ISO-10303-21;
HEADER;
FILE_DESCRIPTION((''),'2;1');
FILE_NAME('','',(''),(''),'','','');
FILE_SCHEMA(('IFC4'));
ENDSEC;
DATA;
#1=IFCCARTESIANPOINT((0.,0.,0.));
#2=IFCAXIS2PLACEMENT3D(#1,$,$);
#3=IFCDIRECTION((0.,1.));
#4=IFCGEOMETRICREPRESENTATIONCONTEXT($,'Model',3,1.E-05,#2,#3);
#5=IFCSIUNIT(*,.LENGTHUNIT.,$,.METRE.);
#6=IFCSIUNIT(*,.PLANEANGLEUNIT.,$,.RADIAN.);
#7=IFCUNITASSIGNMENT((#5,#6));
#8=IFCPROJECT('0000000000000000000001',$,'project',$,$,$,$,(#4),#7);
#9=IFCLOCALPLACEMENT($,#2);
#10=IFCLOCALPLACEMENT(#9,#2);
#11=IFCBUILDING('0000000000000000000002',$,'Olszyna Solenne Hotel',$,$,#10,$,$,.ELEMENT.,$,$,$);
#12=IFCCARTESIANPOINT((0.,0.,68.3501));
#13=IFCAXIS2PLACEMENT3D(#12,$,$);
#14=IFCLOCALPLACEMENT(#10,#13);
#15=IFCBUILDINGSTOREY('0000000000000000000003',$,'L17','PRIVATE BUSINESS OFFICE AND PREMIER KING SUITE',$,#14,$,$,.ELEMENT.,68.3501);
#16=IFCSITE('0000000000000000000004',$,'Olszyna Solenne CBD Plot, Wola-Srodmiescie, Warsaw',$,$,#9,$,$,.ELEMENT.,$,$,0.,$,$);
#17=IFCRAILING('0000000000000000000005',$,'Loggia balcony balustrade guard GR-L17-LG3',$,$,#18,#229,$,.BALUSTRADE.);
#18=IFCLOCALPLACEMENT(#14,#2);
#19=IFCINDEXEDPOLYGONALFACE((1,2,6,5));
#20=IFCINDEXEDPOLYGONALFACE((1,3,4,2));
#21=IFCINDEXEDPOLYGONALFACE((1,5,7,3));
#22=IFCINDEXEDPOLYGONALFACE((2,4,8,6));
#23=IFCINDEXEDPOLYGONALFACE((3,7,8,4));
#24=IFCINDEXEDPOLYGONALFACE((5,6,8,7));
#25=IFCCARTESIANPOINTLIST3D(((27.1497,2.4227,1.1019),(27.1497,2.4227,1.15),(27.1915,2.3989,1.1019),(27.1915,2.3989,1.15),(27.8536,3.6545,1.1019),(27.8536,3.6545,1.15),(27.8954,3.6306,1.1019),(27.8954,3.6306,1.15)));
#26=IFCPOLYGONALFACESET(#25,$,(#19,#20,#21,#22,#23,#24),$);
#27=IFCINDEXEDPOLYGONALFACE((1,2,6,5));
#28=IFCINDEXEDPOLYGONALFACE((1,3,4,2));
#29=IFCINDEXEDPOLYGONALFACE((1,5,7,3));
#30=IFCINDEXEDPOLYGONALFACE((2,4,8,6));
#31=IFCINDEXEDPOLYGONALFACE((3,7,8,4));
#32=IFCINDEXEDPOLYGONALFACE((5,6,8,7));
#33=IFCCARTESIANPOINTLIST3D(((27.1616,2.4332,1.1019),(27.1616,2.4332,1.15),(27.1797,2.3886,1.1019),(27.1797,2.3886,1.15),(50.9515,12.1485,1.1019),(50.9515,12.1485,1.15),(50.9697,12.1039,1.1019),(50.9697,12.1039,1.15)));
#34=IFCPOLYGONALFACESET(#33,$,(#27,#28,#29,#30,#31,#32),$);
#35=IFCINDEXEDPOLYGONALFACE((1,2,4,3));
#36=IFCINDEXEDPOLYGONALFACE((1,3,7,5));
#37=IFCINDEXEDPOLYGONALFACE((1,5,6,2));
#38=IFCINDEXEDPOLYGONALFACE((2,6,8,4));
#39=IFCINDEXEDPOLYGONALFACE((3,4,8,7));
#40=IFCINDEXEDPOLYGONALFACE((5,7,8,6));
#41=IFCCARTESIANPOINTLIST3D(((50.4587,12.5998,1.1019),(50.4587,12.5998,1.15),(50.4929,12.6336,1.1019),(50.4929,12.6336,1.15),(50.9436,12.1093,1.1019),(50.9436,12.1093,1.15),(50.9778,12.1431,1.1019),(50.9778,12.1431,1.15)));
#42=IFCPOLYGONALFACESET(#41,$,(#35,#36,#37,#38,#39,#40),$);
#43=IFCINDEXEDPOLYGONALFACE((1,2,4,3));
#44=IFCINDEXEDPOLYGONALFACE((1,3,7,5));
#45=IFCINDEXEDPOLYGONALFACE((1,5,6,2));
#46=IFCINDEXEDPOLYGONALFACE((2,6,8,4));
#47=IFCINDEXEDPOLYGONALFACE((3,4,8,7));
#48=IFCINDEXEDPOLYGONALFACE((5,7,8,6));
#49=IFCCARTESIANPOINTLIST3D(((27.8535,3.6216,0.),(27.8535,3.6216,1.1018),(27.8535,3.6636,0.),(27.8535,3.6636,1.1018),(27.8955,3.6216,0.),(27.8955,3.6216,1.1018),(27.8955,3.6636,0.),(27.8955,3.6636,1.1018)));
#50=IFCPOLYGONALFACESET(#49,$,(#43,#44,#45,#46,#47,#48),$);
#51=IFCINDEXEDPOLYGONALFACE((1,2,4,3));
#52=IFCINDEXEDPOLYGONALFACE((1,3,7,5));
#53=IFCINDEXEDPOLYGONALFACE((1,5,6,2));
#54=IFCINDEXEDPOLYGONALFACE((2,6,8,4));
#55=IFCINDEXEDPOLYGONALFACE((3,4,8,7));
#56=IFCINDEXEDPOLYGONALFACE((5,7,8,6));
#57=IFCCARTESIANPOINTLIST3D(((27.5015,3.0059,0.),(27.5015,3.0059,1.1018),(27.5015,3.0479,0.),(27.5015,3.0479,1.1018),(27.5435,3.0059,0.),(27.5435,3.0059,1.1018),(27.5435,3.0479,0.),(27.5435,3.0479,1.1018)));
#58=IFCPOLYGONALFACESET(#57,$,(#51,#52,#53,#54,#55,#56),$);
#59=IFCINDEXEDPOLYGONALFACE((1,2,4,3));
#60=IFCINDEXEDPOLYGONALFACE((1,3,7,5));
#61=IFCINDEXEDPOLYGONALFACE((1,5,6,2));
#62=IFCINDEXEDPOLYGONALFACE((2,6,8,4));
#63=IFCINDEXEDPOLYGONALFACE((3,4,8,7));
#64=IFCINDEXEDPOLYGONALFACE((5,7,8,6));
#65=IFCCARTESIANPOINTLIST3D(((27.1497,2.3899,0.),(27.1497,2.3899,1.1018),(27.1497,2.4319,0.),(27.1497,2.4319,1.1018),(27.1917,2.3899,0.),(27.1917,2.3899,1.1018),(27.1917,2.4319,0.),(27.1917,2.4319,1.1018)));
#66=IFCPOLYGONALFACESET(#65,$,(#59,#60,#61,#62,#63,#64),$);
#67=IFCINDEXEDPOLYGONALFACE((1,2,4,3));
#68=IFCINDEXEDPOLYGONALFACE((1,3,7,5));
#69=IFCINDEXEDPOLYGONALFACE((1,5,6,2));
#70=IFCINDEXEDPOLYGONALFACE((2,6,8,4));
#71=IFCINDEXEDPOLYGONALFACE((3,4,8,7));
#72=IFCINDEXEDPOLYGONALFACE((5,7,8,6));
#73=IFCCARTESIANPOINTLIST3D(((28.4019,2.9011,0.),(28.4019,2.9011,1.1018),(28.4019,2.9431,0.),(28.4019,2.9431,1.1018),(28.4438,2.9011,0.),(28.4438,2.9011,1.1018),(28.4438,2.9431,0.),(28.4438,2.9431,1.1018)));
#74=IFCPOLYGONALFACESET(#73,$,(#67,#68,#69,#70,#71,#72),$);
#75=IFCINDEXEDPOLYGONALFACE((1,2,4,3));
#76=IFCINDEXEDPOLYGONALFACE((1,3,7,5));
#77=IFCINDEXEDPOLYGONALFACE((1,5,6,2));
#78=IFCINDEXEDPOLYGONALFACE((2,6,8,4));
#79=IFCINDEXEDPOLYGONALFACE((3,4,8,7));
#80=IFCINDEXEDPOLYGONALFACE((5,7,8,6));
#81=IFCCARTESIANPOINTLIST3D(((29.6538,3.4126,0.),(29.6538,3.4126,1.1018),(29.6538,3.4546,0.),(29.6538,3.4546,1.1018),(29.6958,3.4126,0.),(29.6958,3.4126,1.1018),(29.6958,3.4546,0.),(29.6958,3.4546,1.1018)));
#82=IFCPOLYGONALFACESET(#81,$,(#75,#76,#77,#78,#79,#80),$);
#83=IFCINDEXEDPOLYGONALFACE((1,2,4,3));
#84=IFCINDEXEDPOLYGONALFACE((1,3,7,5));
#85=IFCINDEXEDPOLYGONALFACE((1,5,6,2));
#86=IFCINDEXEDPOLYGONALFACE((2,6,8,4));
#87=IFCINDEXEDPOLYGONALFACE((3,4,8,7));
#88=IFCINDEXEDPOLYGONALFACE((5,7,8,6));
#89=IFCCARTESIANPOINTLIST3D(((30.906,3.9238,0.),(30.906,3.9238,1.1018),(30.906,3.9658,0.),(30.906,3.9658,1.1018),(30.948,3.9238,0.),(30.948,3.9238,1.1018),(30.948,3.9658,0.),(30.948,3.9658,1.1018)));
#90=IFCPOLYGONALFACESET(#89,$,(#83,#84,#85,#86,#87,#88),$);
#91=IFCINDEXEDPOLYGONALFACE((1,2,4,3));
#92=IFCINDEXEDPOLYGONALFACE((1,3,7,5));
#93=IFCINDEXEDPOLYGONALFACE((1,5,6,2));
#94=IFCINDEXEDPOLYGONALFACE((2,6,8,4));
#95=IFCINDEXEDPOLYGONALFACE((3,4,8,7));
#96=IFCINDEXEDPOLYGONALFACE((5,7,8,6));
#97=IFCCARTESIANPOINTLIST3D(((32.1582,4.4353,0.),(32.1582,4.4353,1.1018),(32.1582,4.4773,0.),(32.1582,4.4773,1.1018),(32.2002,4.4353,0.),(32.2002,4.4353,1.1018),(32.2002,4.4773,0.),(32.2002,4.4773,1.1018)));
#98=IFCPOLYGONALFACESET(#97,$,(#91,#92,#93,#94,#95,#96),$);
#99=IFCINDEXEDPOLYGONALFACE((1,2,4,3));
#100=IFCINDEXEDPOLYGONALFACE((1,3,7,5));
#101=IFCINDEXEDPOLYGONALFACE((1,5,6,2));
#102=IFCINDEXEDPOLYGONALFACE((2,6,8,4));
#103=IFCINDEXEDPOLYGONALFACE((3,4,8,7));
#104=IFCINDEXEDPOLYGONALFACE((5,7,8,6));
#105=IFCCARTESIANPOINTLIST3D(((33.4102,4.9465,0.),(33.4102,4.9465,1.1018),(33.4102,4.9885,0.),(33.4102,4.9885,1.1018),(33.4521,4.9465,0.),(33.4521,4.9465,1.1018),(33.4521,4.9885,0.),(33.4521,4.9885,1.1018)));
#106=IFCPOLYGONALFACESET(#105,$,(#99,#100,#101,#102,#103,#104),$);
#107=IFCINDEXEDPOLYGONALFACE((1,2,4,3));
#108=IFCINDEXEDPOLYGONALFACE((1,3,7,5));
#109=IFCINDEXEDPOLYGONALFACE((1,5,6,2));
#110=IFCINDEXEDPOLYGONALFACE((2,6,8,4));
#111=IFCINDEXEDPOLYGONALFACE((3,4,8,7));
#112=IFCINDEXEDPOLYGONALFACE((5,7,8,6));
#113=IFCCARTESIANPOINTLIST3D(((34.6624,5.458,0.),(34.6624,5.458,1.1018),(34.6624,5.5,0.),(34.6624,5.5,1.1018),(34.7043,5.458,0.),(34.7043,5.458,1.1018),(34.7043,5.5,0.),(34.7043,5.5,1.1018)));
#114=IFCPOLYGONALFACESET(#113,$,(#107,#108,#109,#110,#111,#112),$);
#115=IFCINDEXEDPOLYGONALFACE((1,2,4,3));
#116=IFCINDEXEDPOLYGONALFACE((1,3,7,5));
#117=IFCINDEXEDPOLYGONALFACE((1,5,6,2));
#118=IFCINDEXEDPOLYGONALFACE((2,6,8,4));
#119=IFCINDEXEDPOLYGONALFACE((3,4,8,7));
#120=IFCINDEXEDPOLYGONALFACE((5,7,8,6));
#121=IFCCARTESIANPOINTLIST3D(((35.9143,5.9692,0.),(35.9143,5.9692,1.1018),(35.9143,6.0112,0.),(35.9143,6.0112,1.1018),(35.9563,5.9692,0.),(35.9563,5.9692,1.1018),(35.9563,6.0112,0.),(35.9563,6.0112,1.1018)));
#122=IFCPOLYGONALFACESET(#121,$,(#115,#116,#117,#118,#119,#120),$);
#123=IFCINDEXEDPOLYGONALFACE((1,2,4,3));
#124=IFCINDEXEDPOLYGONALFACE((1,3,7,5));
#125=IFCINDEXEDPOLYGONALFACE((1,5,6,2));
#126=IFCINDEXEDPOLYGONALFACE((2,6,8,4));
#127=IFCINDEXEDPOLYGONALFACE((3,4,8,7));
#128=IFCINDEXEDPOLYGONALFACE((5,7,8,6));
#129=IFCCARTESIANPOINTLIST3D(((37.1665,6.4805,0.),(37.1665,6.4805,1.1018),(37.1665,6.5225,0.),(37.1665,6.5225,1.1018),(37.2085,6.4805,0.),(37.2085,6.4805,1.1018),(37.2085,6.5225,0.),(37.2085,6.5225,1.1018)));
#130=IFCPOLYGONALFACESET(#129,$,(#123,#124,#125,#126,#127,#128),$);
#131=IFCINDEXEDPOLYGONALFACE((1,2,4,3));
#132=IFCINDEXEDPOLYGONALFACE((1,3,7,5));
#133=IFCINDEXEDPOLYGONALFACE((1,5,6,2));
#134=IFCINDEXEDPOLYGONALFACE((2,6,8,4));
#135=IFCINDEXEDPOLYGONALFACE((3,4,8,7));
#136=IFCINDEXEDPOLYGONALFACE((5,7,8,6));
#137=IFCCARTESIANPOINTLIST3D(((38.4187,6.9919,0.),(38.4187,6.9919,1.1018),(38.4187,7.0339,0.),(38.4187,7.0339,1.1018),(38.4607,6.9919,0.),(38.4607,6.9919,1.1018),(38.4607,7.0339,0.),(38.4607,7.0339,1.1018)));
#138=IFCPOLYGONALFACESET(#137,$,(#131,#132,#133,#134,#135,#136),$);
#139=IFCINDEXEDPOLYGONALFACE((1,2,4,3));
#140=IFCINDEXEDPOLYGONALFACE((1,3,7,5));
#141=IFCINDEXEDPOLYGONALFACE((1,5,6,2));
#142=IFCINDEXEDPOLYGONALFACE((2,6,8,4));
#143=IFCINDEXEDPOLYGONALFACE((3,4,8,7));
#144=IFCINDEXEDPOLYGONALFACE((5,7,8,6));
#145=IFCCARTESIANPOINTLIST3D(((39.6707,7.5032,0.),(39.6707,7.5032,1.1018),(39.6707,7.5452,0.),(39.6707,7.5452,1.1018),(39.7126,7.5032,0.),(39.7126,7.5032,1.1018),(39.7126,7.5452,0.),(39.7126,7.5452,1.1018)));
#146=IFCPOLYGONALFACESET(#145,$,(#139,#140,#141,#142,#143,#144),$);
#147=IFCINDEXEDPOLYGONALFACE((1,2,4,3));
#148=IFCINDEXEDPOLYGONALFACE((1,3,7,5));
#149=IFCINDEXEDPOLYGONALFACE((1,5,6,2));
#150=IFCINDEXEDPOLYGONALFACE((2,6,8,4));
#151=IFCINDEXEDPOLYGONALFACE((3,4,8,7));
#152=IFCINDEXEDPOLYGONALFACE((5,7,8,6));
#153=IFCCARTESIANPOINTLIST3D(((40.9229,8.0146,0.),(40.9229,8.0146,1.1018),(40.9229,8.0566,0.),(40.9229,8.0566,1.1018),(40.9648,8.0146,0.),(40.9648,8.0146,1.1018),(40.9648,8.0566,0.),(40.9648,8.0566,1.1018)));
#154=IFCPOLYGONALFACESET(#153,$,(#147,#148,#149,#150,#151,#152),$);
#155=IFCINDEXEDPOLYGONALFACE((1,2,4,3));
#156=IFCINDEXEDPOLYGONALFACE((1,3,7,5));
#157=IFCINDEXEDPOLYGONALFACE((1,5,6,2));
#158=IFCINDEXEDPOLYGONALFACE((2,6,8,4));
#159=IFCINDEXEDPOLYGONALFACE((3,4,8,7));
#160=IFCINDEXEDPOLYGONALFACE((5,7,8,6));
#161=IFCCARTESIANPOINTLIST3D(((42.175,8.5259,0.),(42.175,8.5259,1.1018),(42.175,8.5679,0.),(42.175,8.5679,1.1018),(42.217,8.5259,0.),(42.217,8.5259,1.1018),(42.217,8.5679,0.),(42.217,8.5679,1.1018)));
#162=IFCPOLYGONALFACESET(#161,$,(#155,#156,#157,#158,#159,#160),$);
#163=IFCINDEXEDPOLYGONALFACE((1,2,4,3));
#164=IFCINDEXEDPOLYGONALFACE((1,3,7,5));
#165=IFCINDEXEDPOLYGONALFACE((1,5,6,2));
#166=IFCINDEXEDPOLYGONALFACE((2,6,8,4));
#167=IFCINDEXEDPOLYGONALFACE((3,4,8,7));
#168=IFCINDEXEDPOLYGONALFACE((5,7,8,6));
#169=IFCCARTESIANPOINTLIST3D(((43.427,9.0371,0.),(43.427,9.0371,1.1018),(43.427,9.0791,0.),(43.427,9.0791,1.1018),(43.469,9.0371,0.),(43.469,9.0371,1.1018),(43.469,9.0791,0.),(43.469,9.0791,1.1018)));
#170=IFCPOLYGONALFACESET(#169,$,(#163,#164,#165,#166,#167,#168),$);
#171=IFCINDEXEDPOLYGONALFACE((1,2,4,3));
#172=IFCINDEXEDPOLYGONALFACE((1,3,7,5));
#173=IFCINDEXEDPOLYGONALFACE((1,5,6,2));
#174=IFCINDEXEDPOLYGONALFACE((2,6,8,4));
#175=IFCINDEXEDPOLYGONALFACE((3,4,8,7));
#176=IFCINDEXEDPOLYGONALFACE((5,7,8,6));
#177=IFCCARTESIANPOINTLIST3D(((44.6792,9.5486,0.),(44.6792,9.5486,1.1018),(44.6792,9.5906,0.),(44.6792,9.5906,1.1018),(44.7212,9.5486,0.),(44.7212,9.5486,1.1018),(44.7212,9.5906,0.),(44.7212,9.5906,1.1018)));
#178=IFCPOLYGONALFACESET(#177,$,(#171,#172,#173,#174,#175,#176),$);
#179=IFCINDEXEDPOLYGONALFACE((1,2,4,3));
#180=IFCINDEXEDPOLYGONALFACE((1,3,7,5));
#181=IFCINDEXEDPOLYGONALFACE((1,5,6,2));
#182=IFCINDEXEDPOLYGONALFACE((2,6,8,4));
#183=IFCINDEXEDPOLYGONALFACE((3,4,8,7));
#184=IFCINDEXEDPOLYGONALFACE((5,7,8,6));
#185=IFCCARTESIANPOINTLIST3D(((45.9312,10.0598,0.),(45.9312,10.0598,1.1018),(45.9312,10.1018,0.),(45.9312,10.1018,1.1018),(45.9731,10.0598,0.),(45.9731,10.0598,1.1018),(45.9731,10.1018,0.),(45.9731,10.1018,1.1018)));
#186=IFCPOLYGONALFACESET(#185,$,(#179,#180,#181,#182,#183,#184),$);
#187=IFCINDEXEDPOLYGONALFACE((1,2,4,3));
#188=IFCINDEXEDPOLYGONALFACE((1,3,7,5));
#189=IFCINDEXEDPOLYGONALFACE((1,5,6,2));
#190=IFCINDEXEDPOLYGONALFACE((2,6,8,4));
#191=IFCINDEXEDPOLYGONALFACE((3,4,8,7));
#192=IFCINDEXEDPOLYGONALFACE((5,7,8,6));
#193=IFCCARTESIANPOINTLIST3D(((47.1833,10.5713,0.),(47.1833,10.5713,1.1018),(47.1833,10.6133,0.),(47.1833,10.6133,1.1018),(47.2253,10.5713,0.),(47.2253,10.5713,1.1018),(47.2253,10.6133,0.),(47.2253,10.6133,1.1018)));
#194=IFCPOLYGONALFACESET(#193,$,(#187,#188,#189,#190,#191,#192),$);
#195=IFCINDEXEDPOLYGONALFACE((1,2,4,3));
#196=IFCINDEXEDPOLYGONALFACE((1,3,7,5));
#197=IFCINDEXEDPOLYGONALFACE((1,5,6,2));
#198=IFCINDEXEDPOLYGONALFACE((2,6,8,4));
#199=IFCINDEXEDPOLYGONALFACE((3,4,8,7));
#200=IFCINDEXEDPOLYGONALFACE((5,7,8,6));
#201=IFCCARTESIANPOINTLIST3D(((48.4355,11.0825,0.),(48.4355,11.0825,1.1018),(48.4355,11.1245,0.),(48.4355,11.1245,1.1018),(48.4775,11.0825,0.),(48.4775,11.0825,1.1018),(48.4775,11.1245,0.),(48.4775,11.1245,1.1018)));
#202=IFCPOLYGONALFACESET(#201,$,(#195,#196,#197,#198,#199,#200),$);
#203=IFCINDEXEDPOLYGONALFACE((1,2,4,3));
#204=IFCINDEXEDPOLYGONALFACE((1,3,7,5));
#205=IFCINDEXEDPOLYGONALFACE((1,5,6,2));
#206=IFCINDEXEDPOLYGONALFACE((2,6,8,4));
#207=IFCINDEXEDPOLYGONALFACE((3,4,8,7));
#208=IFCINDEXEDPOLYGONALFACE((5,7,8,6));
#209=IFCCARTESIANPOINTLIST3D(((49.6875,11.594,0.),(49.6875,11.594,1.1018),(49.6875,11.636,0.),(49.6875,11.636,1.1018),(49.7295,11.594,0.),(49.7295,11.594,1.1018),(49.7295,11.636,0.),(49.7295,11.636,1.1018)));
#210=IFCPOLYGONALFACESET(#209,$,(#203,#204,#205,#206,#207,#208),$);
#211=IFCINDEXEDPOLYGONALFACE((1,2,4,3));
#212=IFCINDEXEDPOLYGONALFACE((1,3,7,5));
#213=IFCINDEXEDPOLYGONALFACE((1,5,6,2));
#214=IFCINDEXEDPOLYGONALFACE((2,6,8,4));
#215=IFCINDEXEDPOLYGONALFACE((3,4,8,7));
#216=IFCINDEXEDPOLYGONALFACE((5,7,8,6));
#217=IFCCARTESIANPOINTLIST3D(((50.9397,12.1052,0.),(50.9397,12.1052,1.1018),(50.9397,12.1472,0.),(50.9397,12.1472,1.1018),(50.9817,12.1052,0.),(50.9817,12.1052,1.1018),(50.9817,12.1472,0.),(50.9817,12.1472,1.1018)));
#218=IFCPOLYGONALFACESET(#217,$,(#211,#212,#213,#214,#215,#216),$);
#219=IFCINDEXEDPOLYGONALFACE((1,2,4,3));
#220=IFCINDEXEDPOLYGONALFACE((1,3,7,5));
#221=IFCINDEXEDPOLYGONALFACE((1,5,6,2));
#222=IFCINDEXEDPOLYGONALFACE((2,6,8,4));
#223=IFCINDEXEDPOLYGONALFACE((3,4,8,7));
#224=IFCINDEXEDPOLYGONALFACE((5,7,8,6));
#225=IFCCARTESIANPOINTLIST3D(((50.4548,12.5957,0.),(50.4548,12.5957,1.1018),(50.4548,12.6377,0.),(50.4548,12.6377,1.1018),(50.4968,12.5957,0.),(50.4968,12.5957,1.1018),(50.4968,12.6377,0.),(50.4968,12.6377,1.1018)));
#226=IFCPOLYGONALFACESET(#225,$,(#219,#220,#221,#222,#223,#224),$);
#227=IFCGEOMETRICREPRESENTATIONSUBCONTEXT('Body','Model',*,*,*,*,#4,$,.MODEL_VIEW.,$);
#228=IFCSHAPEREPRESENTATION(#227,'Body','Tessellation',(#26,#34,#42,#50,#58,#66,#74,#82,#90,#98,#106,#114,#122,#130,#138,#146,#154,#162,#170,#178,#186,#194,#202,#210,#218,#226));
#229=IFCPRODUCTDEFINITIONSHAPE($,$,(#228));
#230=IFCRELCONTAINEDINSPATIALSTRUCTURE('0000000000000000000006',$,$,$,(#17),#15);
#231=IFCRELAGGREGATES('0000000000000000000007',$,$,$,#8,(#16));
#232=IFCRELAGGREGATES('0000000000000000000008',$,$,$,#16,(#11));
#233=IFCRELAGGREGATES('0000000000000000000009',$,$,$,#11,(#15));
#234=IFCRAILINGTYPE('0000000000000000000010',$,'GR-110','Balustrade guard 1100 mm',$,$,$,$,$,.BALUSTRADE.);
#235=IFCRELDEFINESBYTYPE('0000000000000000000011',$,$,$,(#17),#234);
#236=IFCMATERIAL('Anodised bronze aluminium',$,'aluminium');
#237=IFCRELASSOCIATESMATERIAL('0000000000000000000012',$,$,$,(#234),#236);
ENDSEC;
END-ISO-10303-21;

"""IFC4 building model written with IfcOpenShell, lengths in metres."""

from ifc_helpers import new_model, si_unit, direction, frame, origin, origin_2d, place, context, subcontext, project, spatial, rectangle, extrude, material, type_object, element, save


model = new_model("IFC4")

# Units and contexts
model_context = context("Model", 3, precision=1e-05, world=origin(), true_north=direction((0.0, 1.0)))
body_context = subcontext(model_context, "Body", "Model", "MODEL_VIEW")
ifc_project = project(units=[si_unit("LENGTHUNIT", "METRE"), si_unit("PLANEANGLEUNIT", "RADIAN")], contexts=[model_context])

# Site, building, storey
site_placement = place(None, origin())
site = spatial("IfcSite", under=ifc_project, at=site_placement, Name="Olszyna Solenne CBD Plot, Wola-Srodmiescie, Warsaw", CompositionType="ELEMENT", RefElevation=0.0)
building_placement = place(site_placement, origin())
building = spatial("IfcBuilding", under=site, at=building_placement, Name="Olszyna Solenne Hotel", CompositionType="ELEMENT")
storey_placement = place(building_placement, frame((0.0, 0.0, 68.3501)))
storey = spatial("IfcBuildingStorey", under=building, at=storey_placement, Name="L17", Description="PRIVATE BUSINESS OFFICE AND PREMIER KING SUITE", CompositionType="ELEMENT", Elevation=68.3501)

# Shared definitions
ifc_material_1 = material(Name="Anodised bronze aluminium", Category="aluminium")

# Railing
railing_type_1 = type_object("IfcRailingType", Name="GR-110", Description="Balustrade guard 1100 mm", PredefinedType="BALUSTRADE", material=ifc_material_1)
railing_1_placement = place(storey_placement, frame((27.8745, 3.6426, 0.0)))
element("IfcRailing", 1, at=railing_1_placement, inside=storey, type_object=railing_type_1, Name="Loggia balcony balustrade guard GR-L17-LG3", PredefinedType="BALUSTRADE", context=body_context, shape_type="SweptSolid", body=[
    extrude(rectangle(XDim=0.0481, YDim=0.0481, at=origin_2d()), frame((0.0, 0.0, 1.126), z_axis=(-0.496157, -0.868233, 0.0), x_axis=(0.868233, -0.496157, 0.0)), (0.0, 0.0, 1.0), 1.4187),
    extrude(rectangle(XDim=0.0481, YDim=0.0481, at=origin_2d()), frame((-0.7039, -1.2317, 1.126), z_axis=(0.925778, 0.378068, 0.0), x_axis=(-0.378068, 0.925778, 0.0)), (0.0, 0.0, 1.0), 25.6973),
    extrude(rectangle(XDim=0.0481, YDim=0.0481, at=origin_2d()), frame((23.0862, 8.4836, 1.126), z_axis=(-0.703024, 0.711166, 0.0), x_axis=(-0.711166, -0.703024, 0.0)), (0.0, 0.0, 1.0), 0.6897),
    extrude(rectangle(XDim=0.042, YDim=0.042, at=origin_2d()), origin(), (0.0, 0.0, 1.0), 1.1018),
    extrude(rectangle(XDim=0.042, YDim=0.042, at=origin_2d()), frame((-0.3521, -0.6157, 0.0)), (0.0, 0.0, 1.0), 1.1018),
    extrude(rectangle(XDim=0.042, YDim=0.042, at=origin_2d()), frame((-0.7039, -1.2317, 0.0)), (0.0, 0.0, 1.0), 1.1018),
    extrude(rectangle(XDim=0.042, YDim=0.042, at=origin_2d()), frame((0.5483, -0.7205, 0.0)), (0.0, 0.0, 1.0), 1.1018),
    extrude(rectangle(XDim=0.042, YDim=0.042, at=origin_2d()), frame((1.8003, -0.209, 0.0)), (0.0, 0.0, 1.0), 1.1018),
    extrude(rectangle(XDim=0.042, YDim=0.042, at=origin_2d()), frame((3.0525, 0.3022, 0.0)), (0.0, 0.0, 1.0), 1.1018),
    extrude(rectangle(XDim=0.042, YDim=0.042, at=origin_2d()), frame((4.3047, 0.8137, 0.0)), (0.0, 0.0, 1.0), 1.1018),
    extrude(rectangle(XDim=0.042, YDim=0.042, at=origin_2d()), frame((5.5566, 1.325, 0.0)), (0.0, 0.0, 1.0), 1.1018),
    extrude(rectangle(XDim=0.042, YDim=0.042, at=origin_2d()), frame((6.8088, 1.8364, 0.0)), (0.0, 0.0, 1.0), 1.1018),
    extrude(rectangle(XDim=0.042, YDim=0.042, at=origin_2d()), frame((8.0608, 2.3477, 0.0)), (0.0, 0.0, 1.0), 1.1018),
    extrude(rectangle(XDim=0.042, YDim=0.042, at=origin_2d()), frame((9.313, 2.8589, 0.0)), (0.0, 0.0, 1.0), 1.1018),
    extrude(rectangle(XDim=0.042, YDim=0.042, at=origin_2d()), frame((10.5652, 3.3704, 0.0)), (0.0, 0.0, 1.0), 1.1018),
    extrude(rectangle(XDim=0.042, YDim=0.042, at=origin_2d()), frame((11.8171, 3.8816, 0.0)), (0.0, 0.0, 1.0), 1.1018),
    extrude(rectangle(XDim=0.042, YDim=0.042, at=origin_2d()), frame((13.0693, 4.3931, 0.0)), (0.0, 0.0, 1.0), 1.1018),
    extrude(rectangle(XDim=0.042, YDim=0.042, at=origin_2d()), frame((14.3215, 4.9043, 0.0)), (0.0, 0.0, 1.0), 1.1018),
    extrude(rectangle(XDim=0.042, YDim=0.042, at=origin_2d()), frame((15.5735, 5.4155, 0.0)), (0.0, 0.0, 1.0), 1.1018),
    extrude(rectangle(XDim=0.042, YDim=0.042, at=origin_2d()), frame((16.8257, 5.927, 0.0)), (0.0, 0.0, 1.0), 1.1018),
    extrude(rectangle(XDim=0.042, YDim=0.042, at=origin_2d()), frame((18.0776, 6.4382, 0.0)), (0.0, 0.0, 1.0), 1.1018),
    extrude(rectangle(XDim=0.042, YDim=0.042, at=origin_2d()), frame((19.3298, 6.9497, 0.0)), (0.0, 0.0, 1.0), 1.1018),
    extrude(rectangle(XDim=0.042, YDim=0.042, at=origin_2d()), frame((20.582, 7.4609, 0.0)), (0.0, 0.0, 1.0), 1.1018),
    extrude(rectangle(XDim=0.042, YDim=0.042, at=origin_2d()), frame((21.834, 7.9724, 0.0)), (0.0, 0.0, 1.0), 1.1018),
    extrude(rectangle(XDim=0.042, YDim=0.042, at=origin_2d()), frame((23.0862, 8.4836, 0.0)), (0.0, 0.0, 1.0), 1.1018),
    extrude(rectangle(XDim=0.042, YDim=0.042, at=origin_2d()), frame((22.6013, 8.9741, 0.0)), (0.0, 0.0, 1.0), 1.1018),
])

save(model, "model.ifc")
